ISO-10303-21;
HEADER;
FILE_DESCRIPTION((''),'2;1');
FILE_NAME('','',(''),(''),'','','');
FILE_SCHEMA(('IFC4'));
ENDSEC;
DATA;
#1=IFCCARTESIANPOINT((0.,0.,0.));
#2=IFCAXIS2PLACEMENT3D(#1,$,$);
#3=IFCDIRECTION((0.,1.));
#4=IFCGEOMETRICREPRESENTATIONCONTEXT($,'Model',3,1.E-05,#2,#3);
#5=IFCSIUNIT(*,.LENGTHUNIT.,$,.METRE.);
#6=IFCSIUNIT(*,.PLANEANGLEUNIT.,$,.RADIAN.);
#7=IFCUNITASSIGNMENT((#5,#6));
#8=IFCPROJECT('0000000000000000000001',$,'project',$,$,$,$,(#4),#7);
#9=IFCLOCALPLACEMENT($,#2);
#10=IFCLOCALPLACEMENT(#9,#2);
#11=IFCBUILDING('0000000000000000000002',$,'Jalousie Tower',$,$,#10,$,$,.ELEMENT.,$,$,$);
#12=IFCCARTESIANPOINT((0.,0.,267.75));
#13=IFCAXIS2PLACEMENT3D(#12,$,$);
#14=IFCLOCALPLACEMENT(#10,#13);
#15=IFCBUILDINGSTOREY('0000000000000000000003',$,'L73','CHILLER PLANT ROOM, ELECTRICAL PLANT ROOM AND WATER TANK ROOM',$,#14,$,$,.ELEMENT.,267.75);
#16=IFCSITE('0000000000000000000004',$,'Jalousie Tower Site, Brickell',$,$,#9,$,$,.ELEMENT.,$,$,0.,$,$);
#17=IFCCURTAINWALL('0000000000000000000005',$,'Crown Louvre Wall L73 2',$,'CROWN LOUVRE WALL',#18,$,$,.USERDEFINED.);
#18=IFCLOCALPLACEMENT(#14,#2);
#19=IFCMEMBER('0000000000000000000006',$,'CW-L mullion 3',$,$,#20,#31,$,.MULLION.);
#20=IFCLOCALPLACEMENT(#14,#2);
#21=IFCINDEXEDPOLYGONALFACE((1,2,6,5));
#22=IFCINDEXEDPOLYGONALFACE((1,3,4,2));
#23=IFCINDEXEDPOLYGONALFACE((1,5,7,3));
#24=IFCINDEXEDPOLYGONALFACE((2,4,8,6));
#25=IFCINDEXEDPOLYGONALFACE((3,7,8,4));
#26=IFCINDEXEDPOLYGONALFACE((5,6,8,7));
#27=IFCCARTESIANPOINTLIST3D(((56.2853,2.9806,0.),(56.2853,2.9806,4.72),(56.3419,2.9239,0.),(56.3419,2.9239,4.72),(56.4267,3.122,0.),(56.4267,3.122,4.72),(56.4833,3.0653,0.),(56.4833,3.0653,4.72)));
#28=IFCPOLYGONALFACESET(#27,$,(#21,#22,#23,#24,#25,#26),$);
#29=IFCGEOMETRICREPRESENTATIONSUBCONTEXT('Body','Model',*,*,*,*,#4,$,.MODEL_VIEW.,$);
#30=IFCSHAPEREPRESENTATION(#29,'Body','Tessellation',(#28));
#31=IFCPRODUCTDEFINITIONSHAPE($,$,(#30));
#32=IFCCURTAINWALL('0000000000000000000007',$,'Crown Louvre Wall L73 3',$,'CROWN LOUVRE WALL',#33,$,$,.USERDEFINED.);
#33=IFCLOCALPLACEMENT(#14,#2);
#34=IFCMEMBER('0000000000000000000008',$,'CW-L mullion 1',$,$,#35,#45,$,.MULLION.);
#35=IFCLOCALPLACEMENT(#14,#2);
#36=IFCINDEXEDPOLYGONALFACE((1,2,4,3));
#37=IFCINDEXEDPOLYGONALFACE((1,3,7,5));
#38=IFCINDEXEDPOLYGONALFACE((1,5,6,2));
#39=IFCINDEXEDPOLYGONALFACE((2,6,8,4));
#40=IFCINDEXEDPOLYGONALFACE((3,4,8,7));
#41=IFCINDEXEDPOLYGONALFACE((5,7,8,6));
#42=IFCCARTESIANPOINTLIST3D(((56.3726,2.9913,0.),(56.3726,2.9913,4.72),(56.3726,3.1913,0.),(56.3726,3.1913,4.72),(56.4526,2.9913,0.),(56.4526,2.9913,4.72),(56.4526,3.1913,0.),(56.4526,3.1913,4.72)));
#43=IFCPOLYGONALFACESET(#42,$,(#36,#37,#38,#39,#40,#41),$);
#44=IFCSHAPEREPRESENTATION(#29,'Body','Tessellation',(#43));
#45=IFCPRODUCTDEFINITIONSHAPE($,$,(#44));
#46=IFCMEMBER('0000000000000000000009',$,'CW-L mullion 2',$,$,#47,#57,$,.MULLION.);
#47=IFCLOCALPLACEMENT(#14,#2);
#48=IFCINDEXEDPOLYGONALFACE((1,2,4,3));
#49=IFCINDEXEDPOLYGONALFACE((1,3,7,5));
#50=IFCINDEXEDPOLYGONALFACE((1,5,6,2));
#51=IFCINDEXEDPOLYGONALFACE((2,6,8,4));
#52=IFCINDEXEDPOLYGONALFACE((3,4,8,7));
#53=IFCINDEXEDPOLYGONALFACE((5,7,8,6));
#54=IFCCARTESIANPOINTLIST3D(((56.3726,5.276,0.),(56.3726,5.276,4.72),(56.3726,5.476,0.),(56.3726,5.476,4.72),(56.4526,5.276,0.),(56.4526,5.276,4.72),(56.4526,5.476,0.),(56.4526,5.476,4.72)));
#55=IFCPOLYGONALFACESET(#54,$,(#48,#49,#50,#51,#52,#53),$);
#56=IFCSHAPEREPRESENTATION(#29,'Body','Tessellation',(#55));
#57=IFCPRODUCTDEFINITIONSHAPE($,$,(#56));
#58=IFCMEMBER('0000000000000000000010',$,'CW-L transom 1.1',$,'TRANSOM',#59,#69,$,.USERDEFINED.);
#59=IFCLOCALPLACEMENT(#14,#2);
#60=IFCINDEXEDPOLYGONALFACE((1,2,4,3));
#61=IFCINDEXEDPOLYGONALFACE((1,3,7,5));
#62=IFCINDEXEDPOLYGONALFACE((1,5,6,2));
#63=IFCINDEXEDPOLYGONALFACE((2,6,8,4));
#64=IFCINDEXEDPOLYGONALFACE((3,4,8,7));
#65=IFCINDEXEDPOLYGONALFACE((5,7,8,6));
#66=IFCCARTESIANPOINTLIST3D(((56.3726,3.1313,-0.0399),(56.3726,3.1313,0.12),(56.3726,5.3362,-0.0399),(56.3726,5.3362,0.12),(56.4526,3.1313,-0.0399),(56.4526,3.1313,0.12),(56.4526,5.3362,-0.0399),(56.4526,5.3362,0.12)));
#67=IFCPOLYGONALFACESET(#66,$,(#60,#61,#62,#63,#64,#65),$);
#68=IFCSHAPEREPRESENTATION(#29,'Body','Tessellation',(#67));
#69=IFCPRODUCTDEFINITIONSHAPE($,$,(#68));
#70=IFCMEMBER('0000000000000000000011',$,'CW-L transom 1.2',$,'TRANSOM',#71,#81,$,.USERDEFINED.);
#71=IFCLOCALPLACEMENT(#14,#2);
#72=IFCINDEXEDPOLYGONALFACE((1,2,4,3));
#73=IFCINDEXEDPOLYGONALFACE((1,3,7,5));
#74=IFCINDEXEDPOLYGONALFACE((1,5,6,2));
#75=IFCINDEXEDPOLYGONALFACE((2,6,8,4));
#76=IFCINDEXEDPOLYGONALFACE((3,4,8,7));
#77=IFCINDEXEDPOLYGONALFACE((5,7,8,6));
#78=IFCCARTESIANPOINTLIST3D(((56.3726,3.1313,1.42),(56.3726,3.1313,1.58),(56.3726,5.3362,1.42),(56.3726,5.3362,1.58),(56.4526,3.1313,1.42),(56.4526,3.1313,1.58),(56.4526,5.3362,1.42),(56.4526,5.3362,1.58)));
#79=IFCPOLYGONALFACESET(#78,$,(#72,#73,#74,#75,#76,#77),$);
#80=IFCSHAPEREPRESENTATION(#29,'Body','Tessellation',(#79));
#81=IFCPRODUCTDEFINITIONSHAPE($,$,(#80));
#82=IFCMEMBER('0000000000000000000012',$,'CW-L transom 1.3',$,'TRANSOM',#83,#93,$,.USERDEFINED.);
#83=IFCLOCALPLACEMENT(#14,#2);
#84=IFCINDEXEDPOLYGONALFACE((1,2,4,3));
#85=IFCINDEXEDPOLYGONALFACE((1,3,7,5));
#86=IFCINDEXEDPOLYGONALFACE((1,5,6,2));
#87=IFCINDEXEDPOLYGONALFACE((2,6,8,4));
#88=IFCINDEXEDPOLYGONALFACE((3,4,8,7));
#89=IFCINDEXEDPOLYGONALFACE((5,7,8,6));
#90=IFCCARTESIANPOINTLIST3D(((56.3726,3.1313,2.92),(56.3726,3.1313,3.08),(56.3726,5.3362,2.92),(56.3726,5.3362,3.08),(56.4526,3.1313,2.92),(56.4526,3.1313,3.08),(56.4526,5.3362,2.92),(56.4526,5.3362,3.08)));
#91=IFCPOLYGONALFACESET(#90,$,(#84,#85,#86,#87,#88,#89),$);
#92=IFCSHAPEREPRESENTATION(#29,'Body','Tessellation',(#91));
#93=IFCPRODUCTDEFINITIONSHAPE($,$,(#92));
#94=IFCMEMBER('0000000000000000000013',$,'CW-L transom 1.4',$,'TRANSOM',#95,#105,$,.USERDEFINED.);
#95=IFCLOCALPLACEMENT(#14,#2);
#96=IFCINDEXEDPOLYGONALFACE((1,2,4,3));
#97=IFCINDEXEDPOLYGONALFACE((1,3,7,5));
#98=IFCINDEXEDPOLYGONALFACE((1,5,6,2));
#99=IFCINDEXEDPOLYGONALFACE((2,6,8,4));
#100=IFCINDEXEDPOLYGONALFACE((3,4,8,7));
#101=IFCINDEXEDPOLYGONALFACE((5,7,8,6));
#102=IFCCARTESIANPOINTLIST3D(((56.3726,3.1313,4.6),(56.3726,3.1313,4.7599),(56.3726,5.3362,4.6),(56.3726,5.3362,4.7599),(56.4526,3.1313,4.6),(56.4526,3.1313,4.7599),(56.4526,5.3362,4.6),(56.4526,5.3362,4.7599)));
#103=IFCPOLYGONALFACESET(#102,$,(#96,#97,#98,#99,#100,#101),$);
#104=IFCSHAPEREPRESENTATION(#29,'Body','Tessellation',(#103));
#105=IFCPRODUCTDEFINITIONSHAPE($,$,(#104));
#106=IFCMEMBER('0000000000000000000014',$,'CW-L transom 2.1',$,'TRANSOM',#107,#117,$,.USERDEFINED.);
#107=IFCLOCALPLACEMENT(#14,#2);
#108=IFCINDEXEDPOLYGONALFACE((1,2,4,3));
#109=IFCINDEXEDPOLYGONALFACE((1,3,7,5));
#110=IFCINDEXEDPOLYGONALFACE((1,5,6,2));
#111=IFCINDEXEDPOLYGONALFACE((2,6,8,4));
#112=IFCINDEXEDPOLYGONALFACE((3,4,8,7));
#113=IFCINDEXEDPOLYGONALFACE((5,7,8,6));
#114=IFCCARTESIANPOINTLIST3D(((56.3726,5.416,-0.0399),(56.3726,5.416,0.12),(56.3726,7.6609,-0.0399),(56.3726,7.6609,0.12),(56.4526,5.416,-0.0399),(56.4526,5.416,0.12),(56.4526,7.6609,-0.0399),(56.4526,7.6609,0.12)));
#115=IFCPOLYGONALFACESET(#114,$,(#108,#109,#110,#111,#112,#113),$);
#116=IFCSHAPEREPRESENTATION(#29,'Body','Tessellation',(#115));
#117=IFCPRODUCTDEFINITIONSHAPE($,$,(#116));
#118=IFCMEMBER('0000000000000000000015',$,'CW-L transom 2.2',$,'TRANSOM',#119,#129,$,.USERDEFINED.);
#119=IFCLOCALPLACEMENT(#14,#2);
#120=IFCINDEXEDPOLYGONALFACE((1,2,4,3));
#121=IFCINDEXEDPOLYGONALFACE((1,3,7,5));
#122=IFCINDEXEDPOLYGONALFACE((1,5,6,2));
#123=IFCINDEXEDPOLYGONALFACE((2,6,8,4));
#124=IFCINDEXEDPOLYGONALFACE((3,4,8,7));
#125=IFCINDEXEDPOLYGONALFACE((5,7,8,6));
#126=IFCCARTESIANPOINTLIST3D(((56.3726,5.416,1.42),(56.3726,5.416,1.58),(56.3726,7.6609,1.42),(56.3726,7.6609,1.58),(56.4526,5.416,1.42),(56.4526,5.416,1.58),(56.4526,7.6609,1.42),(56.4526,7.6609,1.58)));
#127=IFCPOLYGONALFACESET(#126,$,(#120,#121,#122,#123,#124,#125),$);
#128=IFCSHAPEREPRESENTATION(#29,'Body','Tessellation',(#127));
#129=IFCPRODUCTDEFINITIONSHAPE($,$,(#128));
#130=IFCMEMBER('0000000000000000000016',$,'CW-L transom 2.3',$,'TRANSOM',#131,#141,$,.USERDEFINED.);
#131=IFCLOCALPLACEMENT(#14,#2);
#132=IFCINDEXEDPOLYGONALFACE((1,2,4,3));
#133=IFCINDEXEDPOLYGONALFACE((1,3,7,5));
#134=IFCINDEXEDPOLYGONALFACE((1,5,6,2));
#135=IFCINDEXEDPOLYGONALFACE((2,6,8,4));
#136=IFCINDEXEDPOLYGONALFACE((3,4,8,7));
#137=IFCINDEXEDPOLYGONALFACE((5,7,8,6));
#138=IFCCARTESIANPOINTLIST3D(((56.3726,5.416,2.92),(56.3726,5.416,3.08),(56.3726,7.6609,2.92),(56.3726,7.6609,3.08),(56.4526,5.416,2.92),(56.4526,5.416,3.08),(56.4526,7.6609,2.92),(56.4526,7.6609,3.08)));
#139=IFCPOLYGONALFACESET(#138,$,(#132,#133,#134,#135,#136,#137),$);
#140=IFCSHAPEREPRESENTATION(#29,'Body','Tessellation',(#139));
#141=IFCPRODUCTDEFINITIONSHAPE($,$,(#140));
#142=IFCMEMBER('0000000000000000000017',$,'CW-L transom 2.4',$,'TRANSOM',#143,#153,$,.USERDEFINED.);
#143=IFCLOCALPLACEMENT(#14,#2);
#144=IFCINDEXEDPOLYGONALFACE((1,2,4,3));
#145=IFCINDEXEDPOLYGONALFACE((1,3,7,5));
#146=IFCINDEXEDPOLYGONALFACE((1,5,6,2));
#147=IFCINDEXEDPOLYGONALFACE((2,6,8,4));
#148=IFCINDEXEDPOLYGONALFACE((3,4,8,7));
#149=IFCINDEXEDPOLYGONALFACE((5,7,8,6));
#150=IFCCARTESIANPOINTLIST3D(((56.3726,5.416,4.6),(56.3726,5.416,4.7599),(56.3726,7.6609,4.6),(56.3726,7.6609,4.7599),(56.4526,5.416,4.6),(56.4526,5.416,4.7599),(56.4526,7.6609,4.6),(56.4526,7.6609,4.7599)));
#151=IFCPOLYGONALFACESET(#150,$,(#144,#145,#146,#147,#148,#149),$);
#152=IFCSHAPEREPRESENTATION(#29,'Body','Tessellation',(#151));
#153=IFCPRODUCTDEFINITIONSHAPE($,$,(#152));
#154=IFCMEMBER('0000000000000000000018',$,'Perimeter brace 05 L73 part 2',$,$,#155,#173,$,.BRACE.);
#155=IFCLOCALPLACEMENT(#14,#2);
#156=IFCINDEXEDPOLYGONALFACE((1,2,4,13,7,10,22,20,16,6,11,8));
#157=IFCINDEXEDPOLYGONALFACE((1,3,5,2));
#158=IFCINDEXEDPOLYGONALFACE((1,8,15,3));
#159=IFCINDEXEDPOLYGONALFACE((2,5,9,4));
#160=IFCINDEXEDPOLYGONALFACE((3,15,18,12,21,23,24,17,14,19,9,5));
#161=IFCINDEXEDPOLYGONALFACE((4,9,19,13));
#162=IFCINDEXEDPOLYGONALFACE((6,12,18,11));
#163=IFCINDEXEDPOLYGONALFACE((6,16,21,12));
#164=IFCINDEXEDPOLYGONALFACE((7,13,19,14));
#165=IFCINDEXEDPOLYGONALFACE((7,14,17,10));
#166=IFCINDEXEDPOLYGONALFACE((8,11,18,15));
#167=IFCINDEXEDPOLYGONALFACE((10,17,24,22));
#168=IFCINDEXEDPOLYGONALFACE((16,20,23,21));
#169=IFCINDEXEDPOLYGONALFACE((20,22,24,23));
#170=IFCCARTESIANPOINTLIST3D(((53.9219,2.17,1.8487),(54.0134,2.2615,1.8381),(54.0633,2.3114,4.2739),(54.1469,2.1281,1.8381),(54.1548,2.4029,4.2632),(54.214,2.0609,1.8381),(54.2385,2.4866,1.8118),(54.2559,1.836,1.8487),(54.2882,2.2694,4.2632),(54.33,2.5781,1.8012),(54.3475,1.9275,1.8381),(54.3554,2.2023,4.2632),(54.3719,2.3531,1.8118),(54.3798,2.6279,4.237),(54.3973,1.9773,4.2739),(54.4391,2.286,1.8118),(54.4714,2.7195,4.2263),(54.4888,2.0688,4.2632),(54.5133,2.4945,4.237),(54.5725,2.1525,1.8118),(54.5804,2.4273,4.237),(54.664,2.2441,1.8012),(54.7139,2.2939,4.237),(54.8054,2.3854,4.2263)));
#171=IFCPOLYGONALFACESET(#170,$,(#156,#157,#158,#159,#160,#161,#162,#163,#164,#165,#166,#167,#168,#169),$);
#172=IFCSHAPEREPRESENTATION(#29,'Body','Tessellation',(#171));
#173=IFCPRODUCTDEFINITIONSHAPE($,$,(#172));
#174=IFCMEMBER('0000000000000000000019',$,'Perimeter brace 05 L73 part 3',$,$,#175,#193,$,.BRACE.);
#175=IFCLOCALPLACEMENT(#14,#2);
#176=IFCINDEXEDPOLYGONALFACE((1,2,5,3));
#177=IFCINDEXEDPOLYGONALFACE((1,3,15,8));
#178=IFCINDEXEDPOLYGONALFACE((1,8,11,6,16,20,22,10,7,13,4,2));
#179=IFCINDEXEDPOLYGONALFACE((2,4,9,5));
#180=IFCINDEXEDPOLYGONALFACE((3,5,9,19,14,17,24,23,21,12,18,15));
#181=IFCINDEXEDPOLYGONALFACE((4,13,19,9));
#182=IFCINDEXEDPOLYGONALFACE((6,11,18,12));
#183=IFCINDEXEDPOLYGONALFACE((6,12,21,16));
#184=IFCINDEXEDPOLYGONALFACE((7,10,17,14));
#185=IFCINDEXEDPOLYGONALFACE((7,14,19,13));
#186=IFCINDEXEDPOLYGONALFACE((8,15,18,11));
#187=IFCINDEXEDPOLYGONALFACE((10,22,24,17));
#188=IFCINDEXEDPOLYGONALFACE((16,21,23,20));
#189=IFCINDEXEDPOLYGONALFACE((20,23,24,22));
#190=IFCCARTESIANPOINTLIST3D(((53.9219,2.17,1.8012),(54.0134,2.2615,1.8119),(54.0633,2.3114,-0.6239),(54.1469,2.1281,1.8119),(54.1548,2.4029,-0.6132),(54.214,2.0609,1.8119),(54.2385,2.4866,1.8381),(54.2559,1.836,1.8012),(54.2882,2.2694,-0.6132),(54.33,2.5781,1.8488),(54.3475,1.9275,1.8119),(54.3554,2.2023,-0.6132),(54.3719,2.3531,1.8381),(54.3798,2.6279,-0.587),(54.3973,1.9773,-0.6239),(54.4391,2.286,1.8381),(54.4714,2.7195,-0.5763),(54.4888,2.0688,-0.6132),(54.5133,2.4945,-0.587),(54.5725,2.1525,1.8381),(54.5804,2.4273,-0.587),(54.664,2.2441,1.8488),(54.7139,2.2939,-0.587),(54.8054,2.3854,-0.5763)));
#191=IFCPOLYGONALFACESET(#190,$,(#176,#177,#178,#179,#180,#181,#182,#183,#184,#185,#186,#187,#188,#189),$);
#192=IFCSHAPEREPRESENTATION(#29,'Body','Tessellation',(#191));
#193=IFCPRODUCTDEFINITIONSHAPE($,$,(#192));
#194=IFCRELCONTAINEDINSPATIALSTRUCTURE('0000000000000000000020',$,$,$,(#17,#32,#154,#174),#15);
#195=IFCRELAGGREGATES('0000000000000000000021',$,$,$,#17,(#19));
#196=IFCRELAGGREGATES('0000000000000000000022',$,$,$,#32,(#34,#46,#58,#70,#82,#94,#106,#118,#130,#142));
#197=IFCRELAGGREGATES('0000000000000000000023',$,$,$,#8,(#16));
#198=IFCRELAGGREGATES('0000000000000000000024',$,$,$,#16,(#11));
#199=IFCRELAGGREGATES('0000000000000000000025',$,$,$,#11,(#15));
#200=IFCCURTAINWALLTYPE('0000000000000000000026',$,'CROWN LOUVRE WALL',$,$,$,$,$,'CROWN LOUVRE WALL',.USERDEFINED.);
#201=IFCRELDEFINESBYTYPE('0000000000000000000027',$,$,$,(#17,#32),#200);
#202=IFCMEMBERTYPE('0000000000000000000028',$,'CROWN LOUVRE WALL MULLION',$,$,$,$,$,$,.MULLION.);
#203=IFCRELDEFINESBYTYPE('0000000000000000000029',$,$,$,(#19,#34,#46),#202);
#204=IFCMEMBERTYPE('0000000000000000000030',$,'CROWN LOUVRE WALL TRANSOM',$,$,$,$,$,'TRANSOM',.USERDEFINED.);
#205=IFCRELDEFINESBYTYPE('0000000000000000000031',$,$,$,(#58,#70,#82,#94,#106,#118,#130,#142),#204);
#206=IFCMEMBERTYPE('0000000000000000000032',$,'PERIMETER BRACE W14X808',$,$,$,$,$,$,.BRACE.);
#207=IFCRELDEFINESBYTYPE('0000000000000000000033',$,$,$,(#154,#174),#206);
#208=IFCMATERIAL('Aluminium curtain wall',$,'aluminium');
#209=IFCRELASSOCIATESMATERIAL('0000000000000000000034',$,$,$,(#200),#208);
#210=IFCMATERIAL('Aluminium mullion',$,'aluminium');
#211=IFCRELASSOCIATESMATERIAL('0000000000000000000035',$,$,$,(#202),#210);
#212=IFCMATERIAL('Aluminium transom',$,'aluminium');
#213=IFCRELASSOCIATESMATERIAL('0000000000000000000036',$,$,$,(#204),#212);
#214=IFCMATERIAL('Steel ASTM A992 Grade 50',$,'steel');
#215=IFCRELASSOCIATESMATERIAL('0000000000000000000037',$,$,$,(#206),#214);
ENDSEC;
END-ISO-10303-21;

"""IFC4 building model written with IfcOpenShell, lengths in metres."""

from ifc_helpers import new_model, si_unit, direction, frame, origin, origin_2d, place, context, subcontext, project, spatial, rectangle, i_section, extrude, material, material_profile, profile_set, type_object, element, aggregate, save


model = new_model("IFC4")

# Units and contexts
model_context = context("Model", 3, precision=1e-05, world=origin(), true_north=direction((0.0, 1.0)))
body_context = subcontext(model_context, "Body", "Model", "MODEL_VIEW")
ifc_project = project(units=[si_unit("LENGTHUNIT", "METRE"), si_unit("PLANEANGLEUNIT", "RADIAN")], contexts=[model_context])

# Site, building, storey
site_placement = place(None, origin())
site = spatial("IfcSite", under=ifc_project, at=site_placement, Name="Jalousie Tower Site, Brickell", CompositionType="ELEMENT", RefElevation=0.0)
building_placement = place(site_placement, origin())
building = spatial("IfcBuilding", under=site, at=building_placement, Name="Jalousie Tower", CompositionType="ELEMENT")
storey_placement = place(building_placement, frame((0.0, 0.0, 267.75)))
storey = spatial("IfcBuildingStorey", under=building, at=storey_placement, Name="L73", Description="CHILLER PLANT ROOM, ELECTRICAL PLANT ROOM AND WATER TANK ROOM", CompositionType="ELEMENT", Elevation=267.75)

# Curtain wall, member
ifc_material_1 = material(Name="Aluminium curtain wall", Category="aluminium")
curtain_wall_type = type_object("IfcCurtainWallType", Name="CROWN LOUVRE WALL", ElementType="CROWN LOUVRE WALL", PredefinedType="USERDEFINED", material=ifc_material_1)
curtain_wall_1_placement = place(storey_placement, origin())
curtain_wall_1 = element("IfcCurtainWall", 1, at=curtain_wall_1_placement, inside=storey, type_object=curtain_wall_type, Name="Crown Louvre Wall L73 2", ObjectType="CROWN LOUVRE WALL", PredefinedType="USERDEFINED")
ifc_material_2 = material(Name="Aluminium mullion", Category="aluminium")
ifc_material_profile_1 = material_profile(ifc_material_2, rectangle(XDim=0.0801, YDim=0.2, at=origin_2d()), Name="MULLION 80x200")
ifc_profile_set_1 = profile_set([ifc_material_profile_1], Name="Aluminium mullion")
member_type_1 = type_object("IfcMemberType", Name="CROWN LOUVRE WALL MULLION", PredefinedType="MULLION", material=ifc_profile_set_1)
member_1_placement = place(storey_placement, frame((56.3843, 3.0229, 0.0), z_axis=(0.0, 0.0, 1.0), x_axis=(-0.707107, 0.707107, 0.0)))
member_1 = element("IfcMember", 2, at=member_1_placement, type_object=member_type_1, Name="CW-L mullion 3", PredefinedType="MULLION", context=body_context, shape_type="SweptSolid", body=[
    extrude(rectangle(XDim=0.0801, YDim=0.2, at=origin_2d()), origin(), (0.0, 0.0, 1.0), 4.72),
])

# Curtain wall, members
curtain_wall_2_placement = place(storey_placement, origin())
curtain_wall_2 = element("IfcCurtainWall", 3, at=curtain_wall_2_placement, inside=storey, type_object=curtain_wall_type, Name="Crown Louvre Wall L73 3", ObjectType="CROWN LOUVRE WALL", PredefinedType="USERDEFINED")
member_2_placement = place(storey_placement, frame((56.4126, 3.0913, 0.0), z_axis=(0.0, 0.0, 1.0), x_axis=(-1.0, 0.0, 0.0)))
member_2 = element("IfcMember", 4, at=member_2_placement, type_object=member_type_1, Name="CW-L mullion 1", PredefinedType="MULLION", context=body_context, shape_type="SweptSolid", body=[
    extrude(rectangle(XDim=0.0801, YDim=0.2, at=origin_2d()), origin(), (0.0, 0.0, 1.0), 4.72),
])
member_3_placement = place(storey_placement, frame((56.4126, 5.376, 0.0), z_axis=(0.0, 0.0, 1.0), x_axis=(-1.0, 0.0, 0.0)))
member_3 = element("IfcMember", 5, at=member_3_placement, type_object=member_type_1, Name="CW-L mullion 2", PredefinedType="MULLION", context=body_context, shape_type="SweptSolid", body=[
    extrude(rectangle(XDim=0.0801, YDim=0.2, at=origin_2d()), origin(), (0.0, 0.0, 1.0), 4.72),
])
ifc_material_3 = material(Name="Aluminium transom", Category="aluminium")
ifc_material_profile_2 = material_profile(ifc_material_3, rectangle(XDim=0.0801, YDim=0.1599, at=origin_2d()), Name="TRANSOM 80x160")
ifc_profile_set_2 = profile_set([ifc_material_profile_2], Name="Aluminium transom")
member_type_2 = type_object("IfcMemberType", Name="CROWN LOUVRE WALL TRANSOM", ElementType="TRANSOM", PredefinedType="USERDEFINED", material=ifc_profile_set_2)
member_4_placement = place(storey_placement, frame((56.4126, 3.1313, 0.04), z_axis=(0.0, 1.0, 0.0), x_axis=(-1.0, 0.0, 0.0)))
member_4 = element("IfcMember", 6, at=member_4_placement, type_object=member_type_2, Name="CW-L transom 1.1", ObjectType="TRANSOM", PredefinedType="USERDEFINED", context=body_context, shape_type="SweptSolid", body=[
    extrude(rectangle(XDim=0.0801, YDim=0.1599, at=origin_2d()), origin(), (0.0, 0.0, 1.0), 2.2048),
])
member_5_placement = place(storey_placement, frame((56.4126, 3.1313, 1.5), z_axis=(0.0, 1.0, 0.0), x_axis=(-1.0, 0.0, 0.0)))
member_5 = element("IfcMember", 7, at=member_5_placement, type_object=member_type_2, Name="CW-L transom 1.2", ObjectType="TRANSOM", PredefinedType="USERDEFINED", context=body_context, shape_type="SweptSolid", body=[
    extrude(rectangle(XDim=0.0801, YDim=0.1599, at=origin_2d()), origin(), (0.0, 0.0, 1.0), 2.2048),
])
member_6_placement = place(storey_placement, frame((56.4126, 3.1313, 3.0), z_axis=(0.0, 1.0, 0.0), x_axis=(-1.0, 0.0, 0.0)))
member_6 = element("IfcMember", 8, at=member_6_placement, type_object=member_type_2, Name="CW-L transom 1.3", ObjectType="TRANSOM", PredefinedType="USERDEFINED", context=body_context, shape_type="SweptSolid", body=[
    extrude(rectangle(XDim=0.0801, YDim=0.1599, at=origin_2d()), origin(), (0.0, 0.0, 1.0), 2.2048),
])
member_7_placement = place(storey_placement, frame((56.4126, 3.1313, 4.6799), z_axis=(0.0, 1.0, 0.0), x_axis=(-1.0, 0.0, 0.0)))
member_7 = element("IfcMember", 9, at=member_7_placement, type_object=member_type_2, Name="CW-L transom 1.4", ObjectType="TRANSOM", PredefinedType="USERDEFINED", context=body_context, shape_type="SweptSolid", body=[
    extrude(rectangle(XDim=0.0801, YDim=0.1599, at=origin_2d()), origin(), (0.0, 0.0, 1.0), 2.2048),
])
member_8_placement = place(storey_placement, frame((56.4126, 5.416, 0.04), z_axis=(0.0, 1.0, 0.0), x_axis=(-1.0, 0.0, 0.0)))
member_8 = element("IfcMember", 10, at=member_8_placement, type_object=member_type_2, Name="CW-L transom 2.1", ObjectType="TRANSOM", PredefinedType="USERDEFINED", context=body_context, shape_type="SweptSolid", body=[
    extrude(rectangle(XDim=0.0801, YDim=0.1599, at=origin_2d()), origin(), (0.0, 0.0, 1.0), 2.2449),
])
member_9_placement = place(storey_placement, frame((56.4126, 5.416, 1.5), z_axis=(0.0, 1.0, 0.0), x_axis=(-1.0, 0.0, 0.0)))
member_9 = element("IfcMember", 11, at=member_9_placement, type_object=member_type_2, Name="CW-L transom 2.2", ObjectType="TRANSOM", PredefinedType="USERDEFINED", context=body_context, shape_type="SweptSolid", body=[
    extrude(rectangle(XDim=0.0801, YDim=0.1599, at=origin_2d()), origin(), (0.0, 0.0, 1.0), 2.2449),
])
member_10_placement = place(storey_placement, frame((56.4126, 5.416, 3.0), z_axis=(0.0, 1.0, 0.0), x_axis=(-1.0, 0.0, 0.0)))
member_10 = element("IfcMember", 12, at=member_10_placement, type_object=member_type_2, Name="CW-L transom 2.3", ObjectType="TRANSOM", PredefinedType="USERDEFINED", context=body_context, shape_type="SweptSolid", body=[
    extrude(rectangle(XDim=0.0801, YDim=0.1599, at=origin_2d()), origin(), (0.0, 0.0, 1.0), 2.2449),
])
member_11_placement = place(storey_placement, frame((56.4126, 5.416, 4.6799), z_axis=(0.0, 1.0, 0.0), x_axis=(-1.0, 0.0, 0.0)))
member_11 = element("IfcMember", 13, at=member_11_placement, type_object=member_type_2, Name="CW-L transom 2.4", ObjectType="TRANSOM", PredefinedType="USERDEFINED", context=body_context, shape_type="SweptSolid", body=[
    extrude(rectangle(XDim=0.0801, YDim=0.1599, at=origin_2d()), origin(), (0.0, 0.0, 1.0), 2.2449),
])

# Members
ifc_material_4 = material(Name="Steel ASTM A992 Grade 50", Category="steel")
ifc_material_profile_3 = material_profile(ifc_material_4, i_section(OverallWidth=0.4724, OverallDepth=0.5791, WebThickness=0.095, FlangeThickness=0.1299, at=origin_2d()), Name="W14X808")
ifc_profile_set_3 = profile_set([ifc_material_profile_3], Name="Steel ASTM A992 Grade 50")
member_type_3 = type_object("IfcMemberType", Name="PERIMETER BRACE W14X808", PredefinedType="BRACE", material=ifc_profile_set_3)
for number, where, z_axis, x_axis, name in (
    (14, (54.293, 2.207, 1.825), (0.058093, 0.058093, 0.996619), (-0.707107, 0.707107, 0.0), "Perimeter brace 05 L73 part 2"),
    (15, (54.4343, 2.3484, -0.6001), (-0.058093, -0.058093, 0.996619), (0.707107, -0.707107, 0.0), "Perimeter brace 05 L73 part 3"),
):
    element("IfcMember", number, at=place(storey_placement, frame(where, z_axis=z_axis, x_axis=x_axis)), inside=storey, type_object=member_type_3, Name=name, PredefinedType="BRACE", context=body_context, shape_type="SweptSolid", body=[
        extrude(i_section(OverallWidth=0.4724, OverallDepth=0.5791, WebThickness=0.095, FlangeThickness=0.1299, at=origin_2d()), origin(), (0.0, 0.0, 1.0), 2.4333),
    ])

aggregate(curtain_wall_1, [member_1])
aggregate(curtain_wall_2, [member_2, member_3, member_4, member_5, member_6, member_7, member_8, member_9, member_10, member_11])

save(model, "model.ifc")
